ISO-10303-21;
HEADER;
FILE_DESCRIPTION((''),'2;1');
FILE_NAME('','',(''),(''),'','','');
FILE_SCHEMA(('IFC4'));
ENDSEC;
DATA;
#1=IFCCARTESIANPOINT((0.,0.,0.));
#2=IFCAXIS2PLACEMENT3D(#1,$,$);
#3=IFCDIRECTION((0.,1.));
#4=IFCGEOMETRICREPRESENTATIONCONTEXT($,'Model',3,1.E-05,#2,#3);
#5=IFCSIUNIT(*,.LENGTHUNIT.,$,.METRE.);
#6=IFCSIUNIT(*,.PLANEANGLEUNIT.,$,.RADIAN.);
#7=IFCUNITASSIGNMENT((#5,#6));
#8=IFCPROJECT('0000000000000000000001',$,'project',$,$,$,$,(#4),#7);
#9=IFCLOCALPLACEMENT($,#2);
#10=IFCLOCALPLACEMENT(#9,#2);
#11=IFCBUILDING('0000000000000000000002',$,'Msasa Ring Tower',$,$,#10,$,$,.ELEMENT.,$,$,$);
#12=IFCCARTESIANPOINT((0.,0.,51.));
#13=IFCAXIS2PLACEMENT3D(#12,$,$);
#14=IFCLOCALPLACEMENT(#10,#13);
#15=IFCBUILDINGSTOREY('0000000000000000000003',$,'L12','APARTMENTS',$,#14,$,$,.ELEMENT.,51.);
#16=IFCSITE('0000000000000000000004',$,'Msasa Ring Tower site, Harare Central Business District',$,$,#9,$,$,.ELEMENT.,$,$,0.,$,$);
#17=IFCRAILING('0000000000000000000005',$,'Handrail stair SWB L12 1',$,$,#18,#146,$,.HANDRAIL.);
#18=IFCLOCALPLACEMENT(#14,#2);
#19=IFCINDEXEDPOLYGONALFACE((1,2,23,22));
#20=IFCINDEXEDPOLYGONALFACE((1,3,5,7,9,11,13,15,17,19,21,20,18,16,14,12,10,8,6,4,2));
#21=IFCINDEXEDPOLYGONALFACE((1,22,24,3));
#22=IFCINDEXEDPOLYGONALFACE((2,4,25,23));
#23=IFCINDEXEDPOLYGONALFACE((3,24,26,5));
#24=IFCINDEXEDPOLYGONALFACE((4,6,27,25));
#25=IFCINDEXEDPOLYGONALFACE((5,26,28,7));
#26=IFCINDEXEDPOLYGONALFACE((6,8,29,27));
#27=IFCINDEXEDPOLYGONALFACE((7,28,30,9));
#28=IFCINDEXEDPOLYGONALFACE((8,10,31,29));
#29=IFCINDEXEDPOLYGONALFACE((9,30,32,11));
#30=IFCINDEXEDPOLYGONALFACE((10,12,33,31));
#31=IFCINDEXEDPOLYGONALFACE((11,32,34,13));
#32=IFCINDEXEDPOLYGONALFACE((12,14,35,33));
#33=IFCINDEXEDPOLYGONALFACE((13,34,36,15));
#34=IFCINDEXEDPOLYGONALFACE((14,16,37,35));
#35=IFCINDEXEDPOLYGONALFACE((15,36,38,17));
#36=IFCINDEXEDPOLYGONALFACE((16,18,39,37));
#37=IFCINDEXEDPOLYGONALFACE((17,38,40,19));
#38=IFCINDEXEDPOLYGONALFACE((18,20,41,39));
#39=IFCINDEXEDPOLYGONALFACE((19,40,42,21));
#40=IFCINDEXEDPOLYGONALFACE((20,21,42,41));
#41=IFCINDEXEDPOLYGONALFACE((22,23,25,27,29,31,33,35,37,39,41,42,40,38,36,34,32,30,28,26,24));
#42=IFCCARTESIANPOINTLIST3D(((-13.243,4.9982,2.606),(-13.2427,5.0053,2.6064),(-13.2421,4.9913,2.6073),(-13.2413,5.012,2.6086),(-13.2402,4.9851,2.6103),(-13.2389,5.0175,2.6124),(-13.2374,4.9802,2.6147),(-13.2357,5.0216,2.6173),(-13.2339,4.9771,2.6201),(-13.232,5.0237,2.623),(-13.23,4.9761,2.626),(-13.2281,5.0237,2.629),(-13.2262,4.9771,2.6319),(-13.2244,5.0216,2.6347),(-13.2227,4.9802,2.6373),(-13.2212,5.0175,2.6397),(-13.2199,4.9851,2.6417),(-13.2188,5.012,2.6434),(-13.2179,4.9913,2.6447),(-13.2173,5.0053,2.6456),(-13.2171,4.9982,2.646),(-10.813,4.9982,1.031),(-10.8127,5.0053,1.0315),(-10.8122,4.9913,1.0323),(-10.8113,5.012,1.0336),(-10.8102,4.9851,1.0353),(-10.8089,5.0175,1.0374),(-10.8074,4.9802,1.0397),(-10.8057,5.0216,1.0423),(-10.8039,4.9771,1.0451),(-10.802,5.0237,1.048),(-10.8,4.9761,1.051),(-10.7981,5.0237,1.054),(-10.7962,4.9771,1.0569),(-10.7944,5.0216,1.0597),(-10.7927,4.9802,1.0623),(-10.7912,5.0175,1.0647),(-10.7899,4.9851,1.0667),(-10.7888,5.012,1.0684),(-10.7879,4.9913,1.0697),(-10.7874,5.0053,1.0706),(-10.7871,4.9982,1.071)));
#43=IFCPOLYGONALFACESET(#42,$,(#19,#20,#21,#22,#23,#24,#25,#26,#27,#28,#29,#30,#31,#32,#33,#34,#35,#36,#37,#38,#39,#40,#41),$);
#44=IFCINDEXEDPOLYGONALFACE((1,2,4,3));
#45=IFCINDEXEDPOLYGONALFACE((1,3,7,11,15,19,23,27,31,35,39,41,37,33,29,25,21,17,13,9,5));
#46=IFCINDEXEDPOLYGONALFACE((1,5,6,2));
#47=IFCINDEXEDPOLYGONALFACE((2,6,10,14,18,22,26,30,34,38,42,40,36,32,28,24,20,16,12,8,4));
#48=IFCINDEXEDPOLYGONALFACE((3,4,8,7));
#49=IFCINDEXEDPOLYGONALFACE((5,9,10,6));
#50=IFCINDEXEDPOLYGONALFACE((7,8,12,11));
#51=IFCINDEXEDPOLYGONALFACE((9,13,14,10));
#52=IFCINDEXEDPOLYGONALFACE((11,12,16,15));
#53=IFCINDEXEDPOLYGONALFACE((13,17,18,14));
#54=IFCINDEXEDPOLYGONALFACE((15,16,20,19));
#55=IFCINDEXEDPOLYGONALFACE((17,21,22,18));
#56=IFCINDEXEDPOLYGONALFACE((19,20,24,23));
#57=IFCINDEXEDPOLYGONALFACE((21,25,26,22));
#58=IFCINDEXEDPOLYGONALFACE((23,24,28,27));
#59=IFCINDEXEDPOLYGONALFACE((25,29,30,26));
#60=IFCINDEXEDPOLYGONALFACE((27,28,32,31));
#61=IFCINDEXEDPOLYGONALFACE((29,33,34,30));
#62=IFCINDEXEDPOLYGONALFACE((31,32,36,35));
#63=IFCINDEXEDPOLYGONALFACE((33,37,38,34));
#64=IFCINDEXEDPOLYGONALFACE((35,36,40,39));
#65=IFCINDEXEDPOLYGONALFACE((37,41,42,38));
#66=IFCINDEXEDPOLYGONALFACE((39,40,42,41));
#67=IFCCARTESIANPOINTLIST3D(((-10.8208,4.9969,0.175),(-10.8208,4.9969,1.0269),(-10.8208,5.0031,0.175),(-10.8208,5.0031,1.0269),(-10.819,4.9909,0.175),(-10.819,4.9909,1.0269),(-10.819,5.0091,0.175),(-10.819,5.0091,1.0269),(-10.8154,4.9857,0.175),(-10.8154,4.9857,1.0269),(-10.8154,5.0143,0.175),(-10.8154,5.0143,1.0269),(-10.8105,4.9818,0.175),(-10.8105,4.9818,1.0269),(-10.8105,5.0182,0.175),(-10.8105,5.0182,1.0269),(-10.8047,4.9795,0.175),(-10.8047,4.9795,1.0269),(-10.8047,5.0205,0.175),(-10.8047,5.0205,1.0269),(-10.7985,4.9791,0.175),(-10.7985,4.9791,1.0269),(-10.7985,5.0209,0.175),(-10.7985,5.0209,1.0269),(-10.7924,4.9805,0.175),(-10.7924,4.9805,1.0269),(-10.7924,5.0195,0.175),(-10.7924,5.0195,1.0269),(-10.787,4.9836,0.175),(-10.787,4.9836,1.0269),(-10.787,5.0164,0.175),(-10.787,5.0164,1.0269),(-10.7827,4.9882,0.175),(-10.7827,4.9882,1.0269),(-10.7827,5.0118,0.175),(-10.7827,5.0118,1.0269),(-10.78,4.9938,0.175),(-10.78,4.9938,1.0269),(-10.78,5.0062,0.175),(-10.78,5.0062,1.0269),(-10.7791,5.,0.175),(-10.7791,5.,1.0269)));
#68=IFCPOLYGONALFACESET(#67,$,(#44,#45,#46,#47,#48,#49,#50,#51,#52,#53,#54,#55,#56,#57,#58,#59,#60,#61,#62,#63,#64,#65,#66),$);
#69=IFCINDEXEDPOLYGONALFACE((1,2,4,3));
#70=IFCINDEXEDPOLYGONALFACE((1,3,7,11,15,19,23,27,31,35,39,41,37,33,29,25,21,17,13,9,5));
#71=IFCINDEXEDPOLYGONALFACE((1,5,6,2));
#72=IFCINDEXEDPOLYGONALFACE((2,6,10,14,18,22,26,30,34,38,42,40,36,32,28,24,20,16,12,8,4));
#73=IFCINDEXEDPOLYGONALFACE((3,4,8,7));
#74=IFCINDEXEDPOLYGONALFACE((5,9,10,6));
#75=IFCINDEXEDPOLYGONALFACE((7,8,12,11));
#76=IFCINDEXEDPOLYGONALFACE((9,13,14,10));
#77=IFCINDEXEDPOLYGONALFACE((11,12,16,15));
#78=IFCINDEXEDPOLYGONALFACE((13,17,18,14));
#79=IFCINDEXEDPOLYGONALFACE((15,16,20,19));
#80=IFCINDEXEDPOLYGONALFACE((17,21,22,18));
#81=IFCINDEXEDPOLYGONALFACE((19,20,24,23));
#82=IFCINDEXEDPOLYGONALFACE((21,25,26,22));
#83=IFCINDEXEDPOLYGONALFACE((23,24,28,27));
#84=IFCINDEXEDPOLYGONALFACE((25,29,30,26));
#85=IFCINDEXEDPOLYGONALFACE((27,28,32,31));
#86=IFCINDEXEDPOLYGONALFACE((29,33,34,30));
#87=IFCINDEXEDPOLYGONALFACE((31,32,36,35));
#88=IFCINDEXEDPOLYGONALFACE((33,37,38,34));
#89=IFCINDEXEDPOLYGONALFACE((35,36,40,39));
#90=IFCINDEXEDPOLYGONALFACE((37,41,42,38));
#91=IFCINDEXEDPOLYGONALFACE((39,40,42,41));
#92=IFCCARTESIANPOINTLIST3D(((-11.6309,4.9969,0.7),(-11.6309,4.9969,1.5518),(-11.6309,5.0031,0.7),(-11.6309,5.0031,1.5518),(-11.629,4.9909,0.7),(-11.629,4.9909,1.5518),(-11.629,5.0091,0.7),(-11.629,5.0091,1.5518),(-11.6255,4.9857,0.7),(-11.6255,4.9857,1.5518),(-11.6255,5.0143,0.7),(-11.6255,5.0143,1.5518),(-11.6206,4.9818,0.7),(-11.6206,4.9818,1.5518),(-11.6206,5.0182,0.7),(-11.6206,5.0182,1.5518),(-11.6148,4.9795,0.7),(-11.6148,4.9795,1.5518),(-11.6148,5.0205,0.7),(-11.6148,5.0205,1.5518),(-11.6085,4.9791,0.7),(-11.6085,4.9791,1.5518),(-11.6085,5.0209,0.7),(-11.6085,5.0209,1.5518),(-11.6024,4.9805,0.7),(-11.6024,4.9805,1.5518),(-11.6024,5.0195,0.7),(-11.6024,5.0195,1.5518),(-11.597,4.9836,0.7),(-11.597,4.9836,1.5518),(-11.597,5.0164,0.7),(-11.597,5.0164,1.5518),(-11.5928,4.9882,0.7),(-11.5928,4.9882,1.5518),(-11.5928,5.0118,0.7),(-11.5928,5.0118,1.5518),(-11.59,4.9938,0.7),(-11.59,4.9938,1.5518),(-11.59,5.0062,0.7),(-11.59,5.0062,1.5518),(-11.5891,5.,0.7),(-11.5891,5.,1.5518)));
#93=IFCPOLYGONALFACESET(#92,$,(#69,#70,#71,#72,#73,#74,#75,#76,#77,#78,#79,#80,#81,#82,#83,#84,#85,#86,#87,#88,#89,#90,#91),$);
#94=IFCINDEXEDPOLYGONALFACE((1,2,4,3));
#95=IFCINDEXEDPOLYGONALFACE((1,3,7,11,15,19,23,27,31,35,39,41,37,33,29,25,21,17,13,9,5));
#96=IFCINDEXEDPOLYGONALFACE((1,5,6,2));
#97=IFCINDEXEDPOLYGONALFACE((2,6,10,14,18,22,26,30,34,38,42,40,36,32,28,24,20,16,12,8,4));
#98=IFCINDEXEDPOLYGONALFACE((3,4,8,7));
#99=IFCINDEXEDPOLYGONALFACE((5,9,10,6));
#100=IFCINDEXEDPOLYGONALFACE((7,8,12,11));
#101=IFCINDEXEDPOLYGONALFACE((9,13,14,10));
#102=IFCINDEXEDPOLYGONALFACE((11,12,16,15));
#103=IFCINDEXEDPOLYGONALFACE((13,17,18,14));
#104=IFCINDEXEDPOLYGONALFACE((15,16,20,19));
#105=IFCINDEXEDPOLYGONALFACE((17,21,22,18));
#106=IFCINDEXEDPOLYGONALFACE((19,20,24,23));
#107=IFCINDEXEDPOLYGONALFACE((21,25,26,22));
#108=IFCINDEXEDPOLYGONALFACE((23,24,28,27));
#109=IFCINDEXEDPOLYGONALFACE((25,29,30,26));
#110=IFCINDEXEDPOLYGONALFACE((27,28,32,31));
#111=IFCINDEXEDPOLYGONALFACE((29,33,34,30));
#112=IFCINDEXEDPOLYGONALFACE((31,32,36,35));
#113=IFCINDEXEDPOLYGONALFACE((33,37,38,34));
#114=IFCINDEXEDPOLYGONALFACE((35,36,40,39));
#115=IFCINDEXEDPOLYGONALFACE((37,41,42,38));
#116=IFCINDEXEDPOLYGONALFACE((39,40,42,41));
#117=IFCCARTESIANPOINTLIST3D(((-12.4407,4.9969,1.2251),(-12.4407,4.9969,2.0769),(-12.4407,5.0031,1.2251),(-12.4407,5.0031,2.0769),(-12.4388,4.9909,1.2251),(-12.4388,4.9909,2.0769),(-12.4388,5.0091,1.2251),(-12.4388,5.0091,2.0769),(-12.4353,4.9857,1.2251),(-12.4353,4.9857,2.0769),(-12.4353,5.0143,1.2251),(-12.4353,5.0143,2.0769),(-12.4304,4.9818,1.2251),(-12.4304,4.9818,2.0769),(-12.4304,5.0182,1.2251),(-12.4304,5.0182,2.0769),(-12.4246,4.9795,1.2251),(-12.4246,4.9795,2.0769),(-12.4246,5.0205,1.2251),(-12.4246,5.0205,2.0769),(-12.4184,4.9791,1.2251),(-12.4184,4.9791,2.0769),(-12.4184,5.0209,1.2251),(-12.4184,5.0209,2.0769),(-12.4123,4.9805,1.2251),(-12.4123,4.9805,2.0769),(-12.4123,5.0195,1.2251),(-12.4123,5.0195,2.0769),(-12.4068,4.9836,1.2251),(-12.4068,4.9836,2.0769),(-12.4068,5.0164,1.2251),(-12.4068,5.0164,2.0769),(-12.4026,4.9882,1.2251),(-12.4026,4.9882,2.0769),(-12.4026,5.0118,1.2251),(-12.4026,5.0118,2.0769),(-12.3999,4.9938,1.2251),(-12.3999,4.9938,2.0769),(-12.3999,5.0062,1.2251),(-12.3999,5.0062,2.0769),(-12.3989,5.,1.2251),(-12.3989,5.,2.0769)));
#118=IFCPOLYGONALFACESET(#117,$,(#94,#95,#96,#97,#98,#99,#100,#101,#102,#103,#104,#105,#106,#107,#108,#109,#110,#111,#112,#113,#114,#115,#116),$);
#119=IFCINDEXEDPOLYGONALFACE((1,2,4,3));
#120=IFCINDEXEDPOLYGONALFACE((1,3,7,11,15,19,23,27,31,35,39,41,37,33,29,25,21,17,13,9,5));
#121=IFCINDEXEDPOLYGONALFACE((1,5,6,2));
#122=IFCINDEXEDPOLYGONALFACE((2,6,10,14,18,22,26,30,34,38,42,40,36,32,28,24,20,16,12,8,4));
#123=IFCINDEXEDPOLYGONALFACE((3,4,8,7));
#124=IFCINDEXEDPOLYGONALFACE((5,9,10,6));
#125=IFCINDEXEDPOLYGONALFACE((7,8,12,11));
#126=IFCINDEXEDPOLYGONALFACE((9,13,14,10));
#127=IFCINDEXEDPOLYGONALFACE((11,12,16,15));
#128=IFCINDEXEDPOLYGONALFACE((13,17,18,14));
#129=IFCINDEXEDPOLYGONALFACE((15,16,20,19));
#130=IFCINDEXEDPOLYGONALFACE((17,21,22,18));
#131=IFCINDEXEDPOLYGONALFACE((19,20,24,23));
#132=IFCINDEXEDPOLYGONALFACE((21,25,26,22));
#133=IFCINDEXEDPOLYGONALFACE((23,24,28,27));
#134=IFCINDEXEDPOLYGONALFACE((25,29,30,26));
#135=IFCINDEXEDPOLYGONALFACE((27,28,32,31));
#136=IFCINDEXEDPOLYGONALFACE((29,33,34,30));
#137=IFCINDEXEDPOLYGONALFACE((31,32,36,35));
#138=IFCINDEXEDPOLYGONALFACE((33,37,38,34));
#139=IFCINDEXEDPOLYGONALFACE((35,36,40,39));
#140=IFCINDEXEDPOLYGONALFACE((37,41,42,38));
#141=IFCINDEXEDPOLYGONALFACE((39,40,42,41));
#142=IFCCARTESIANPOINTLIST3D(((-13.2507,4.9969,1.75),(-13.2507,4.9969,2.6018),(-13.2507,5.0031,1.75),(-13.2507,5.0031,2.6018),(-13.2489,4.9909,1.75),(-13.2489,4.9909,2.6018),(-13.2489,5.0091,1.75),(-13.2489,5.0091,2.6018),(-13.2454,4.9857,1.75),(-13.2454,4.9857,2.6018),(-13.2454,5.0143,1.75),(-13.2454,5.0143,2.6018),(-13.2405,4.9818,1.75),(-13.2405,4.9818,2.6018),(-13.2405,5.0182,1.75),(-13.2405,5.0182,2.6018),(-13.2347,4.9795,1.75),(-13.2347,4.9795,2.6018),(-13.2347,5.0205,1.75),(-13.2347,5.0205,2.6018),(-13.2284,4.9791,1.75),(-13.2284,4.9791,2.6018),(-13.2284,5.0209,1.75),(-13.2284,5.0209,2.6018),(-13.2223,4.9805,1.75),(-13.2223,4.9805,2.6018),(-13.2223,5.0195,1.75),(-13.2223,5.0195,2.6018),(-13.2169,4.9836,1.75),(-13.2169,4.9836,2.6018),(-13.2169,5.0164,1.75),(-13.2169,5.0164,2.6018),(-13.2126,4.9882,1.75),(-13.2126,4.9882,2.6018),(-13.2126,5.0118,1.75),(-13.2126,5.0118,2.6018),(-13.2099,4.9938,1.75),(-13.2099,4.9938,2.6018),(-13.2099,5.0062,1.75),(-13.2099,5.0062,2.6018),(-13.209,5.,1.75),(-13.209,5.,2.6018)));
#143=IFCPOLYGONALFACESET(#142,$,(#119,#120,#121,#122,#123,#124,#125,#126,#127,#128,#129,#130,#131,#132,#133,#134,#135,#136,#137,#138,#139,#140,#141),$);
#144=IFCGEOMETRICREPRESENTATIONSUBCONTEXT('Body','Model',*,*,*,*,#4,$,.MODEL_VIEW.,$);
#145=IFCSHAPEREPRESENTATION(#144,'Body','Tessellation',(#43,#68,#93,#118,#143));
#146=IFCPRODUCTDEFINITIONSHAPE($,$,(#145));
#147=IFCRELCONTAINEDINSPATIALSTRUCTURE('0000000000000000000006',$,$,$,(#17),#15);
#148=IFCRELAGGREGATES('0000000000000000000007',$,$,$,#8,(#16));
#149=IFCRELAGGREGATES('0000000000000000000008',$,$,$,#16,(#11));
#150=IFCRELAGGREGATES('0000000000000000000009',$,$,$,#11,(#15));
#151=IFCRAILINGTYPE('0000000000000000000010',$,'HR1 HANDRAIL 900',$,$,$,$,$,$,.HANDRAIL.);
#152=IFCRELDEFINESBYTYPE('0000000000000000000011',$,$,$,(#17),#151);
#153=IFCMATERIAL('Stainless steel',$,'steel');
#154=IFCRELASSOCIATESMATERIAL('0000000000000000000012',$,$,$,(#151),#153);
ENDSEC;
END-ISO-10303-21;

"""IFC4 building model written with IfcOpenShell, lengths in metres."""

from ifc_helpers import new_model, si_unit, direction, frame, origin, origin_2d, place, context, subcontext, project, spatial, circle, extrude, material, type_object, element, save


model = new_model("IFC4")

# Units and contexts
model_context = context("Model", 3, precision=1e-05, world=origin(), true_north=direction((0.0, 1.0)))
body_context = subcontext(model_context, "Body", "Model", "MODEL_VIEW")
ifc_project = project(units=[si_unit("LENGTHUNIT", "METRE"), si_unit("PLANEANGLEUNIT", "RADIAN")], contexts=[model_context])

# Site, building, storey
site_placement = place(None, origin())
site = spatial("IfcSite", under=ifc_project, at=site_placement, Name="Msasa Ring Tower site, Harare Central Business District", CompositionType="ELEMENT", RefElevation=0.0)
building_placement = place(site_placement, origin())
building = spatial("IfcBuilding", under=site, at=building_placement, Name="Msasa Ring Tower", CompositionType="ELEMENT")
storey_placement = place(building_placement, frame((0.0, 0.0, 51.0)))
storey = spatial("IfcBuildingStorey", under=building, at=storey_placement, Name="L12", Description="APARTMENTS", CompositionType="ELEMENT", Elevation=51.0)

# Railing
ifc_material_1 = material(Name="Stainless steel", Category="steel")
railing_type = type_object("IfcRailingType", Name="HR1 HANDRAIL 900", PredefinedType="HANDRAIL", material=ifc_material_1)
for number, where, name in (
    (1, (-10.8, 5.0, 0.175), "Handrail stair SWB L12 1"),
):
    element("IfcRailing", number, at=place(storey_placement, frame(where)), inside=storey, type_object=railing_type, Name=name, PredefinedType="HANDRAIL", context=body_context, shape_type="SweptSolid", body=[
        extrude(circle(Radius=0.0239, at=origin_2d()), frame((0.0, 0.0, 0.876), z_axis=(-0.839154, 0.0, 0.543894), x_axis=(0.0, -1.0, 0.0)), (0.0, 0.0, 1.0), 2.8958),
        extrude(circle(Radius=0.021, at=origin_2d()), origin(), (0.0, 0.0, 1.0), 0.8518),
        extrude(circle(Radius=0.021, at=origin_2d()), frame((-0.8101, 0.0, 0.5249)), (0.0, 0.0, 1.0), 0.8518),
        extrude(circle(Radius=0.021, at=origin_2d()), frame((-1.6199, 0.0, 1.05)), (0.0, 0.0, 1.0), 0.8518),
        extrude(circle(Radius=0.021, at=origin_2d()), frame((-2.4299, 0.0, 1.575)), (0.0, 0.0, 1.0), 0.8518),
    ])

save(model, "model.ifc")
